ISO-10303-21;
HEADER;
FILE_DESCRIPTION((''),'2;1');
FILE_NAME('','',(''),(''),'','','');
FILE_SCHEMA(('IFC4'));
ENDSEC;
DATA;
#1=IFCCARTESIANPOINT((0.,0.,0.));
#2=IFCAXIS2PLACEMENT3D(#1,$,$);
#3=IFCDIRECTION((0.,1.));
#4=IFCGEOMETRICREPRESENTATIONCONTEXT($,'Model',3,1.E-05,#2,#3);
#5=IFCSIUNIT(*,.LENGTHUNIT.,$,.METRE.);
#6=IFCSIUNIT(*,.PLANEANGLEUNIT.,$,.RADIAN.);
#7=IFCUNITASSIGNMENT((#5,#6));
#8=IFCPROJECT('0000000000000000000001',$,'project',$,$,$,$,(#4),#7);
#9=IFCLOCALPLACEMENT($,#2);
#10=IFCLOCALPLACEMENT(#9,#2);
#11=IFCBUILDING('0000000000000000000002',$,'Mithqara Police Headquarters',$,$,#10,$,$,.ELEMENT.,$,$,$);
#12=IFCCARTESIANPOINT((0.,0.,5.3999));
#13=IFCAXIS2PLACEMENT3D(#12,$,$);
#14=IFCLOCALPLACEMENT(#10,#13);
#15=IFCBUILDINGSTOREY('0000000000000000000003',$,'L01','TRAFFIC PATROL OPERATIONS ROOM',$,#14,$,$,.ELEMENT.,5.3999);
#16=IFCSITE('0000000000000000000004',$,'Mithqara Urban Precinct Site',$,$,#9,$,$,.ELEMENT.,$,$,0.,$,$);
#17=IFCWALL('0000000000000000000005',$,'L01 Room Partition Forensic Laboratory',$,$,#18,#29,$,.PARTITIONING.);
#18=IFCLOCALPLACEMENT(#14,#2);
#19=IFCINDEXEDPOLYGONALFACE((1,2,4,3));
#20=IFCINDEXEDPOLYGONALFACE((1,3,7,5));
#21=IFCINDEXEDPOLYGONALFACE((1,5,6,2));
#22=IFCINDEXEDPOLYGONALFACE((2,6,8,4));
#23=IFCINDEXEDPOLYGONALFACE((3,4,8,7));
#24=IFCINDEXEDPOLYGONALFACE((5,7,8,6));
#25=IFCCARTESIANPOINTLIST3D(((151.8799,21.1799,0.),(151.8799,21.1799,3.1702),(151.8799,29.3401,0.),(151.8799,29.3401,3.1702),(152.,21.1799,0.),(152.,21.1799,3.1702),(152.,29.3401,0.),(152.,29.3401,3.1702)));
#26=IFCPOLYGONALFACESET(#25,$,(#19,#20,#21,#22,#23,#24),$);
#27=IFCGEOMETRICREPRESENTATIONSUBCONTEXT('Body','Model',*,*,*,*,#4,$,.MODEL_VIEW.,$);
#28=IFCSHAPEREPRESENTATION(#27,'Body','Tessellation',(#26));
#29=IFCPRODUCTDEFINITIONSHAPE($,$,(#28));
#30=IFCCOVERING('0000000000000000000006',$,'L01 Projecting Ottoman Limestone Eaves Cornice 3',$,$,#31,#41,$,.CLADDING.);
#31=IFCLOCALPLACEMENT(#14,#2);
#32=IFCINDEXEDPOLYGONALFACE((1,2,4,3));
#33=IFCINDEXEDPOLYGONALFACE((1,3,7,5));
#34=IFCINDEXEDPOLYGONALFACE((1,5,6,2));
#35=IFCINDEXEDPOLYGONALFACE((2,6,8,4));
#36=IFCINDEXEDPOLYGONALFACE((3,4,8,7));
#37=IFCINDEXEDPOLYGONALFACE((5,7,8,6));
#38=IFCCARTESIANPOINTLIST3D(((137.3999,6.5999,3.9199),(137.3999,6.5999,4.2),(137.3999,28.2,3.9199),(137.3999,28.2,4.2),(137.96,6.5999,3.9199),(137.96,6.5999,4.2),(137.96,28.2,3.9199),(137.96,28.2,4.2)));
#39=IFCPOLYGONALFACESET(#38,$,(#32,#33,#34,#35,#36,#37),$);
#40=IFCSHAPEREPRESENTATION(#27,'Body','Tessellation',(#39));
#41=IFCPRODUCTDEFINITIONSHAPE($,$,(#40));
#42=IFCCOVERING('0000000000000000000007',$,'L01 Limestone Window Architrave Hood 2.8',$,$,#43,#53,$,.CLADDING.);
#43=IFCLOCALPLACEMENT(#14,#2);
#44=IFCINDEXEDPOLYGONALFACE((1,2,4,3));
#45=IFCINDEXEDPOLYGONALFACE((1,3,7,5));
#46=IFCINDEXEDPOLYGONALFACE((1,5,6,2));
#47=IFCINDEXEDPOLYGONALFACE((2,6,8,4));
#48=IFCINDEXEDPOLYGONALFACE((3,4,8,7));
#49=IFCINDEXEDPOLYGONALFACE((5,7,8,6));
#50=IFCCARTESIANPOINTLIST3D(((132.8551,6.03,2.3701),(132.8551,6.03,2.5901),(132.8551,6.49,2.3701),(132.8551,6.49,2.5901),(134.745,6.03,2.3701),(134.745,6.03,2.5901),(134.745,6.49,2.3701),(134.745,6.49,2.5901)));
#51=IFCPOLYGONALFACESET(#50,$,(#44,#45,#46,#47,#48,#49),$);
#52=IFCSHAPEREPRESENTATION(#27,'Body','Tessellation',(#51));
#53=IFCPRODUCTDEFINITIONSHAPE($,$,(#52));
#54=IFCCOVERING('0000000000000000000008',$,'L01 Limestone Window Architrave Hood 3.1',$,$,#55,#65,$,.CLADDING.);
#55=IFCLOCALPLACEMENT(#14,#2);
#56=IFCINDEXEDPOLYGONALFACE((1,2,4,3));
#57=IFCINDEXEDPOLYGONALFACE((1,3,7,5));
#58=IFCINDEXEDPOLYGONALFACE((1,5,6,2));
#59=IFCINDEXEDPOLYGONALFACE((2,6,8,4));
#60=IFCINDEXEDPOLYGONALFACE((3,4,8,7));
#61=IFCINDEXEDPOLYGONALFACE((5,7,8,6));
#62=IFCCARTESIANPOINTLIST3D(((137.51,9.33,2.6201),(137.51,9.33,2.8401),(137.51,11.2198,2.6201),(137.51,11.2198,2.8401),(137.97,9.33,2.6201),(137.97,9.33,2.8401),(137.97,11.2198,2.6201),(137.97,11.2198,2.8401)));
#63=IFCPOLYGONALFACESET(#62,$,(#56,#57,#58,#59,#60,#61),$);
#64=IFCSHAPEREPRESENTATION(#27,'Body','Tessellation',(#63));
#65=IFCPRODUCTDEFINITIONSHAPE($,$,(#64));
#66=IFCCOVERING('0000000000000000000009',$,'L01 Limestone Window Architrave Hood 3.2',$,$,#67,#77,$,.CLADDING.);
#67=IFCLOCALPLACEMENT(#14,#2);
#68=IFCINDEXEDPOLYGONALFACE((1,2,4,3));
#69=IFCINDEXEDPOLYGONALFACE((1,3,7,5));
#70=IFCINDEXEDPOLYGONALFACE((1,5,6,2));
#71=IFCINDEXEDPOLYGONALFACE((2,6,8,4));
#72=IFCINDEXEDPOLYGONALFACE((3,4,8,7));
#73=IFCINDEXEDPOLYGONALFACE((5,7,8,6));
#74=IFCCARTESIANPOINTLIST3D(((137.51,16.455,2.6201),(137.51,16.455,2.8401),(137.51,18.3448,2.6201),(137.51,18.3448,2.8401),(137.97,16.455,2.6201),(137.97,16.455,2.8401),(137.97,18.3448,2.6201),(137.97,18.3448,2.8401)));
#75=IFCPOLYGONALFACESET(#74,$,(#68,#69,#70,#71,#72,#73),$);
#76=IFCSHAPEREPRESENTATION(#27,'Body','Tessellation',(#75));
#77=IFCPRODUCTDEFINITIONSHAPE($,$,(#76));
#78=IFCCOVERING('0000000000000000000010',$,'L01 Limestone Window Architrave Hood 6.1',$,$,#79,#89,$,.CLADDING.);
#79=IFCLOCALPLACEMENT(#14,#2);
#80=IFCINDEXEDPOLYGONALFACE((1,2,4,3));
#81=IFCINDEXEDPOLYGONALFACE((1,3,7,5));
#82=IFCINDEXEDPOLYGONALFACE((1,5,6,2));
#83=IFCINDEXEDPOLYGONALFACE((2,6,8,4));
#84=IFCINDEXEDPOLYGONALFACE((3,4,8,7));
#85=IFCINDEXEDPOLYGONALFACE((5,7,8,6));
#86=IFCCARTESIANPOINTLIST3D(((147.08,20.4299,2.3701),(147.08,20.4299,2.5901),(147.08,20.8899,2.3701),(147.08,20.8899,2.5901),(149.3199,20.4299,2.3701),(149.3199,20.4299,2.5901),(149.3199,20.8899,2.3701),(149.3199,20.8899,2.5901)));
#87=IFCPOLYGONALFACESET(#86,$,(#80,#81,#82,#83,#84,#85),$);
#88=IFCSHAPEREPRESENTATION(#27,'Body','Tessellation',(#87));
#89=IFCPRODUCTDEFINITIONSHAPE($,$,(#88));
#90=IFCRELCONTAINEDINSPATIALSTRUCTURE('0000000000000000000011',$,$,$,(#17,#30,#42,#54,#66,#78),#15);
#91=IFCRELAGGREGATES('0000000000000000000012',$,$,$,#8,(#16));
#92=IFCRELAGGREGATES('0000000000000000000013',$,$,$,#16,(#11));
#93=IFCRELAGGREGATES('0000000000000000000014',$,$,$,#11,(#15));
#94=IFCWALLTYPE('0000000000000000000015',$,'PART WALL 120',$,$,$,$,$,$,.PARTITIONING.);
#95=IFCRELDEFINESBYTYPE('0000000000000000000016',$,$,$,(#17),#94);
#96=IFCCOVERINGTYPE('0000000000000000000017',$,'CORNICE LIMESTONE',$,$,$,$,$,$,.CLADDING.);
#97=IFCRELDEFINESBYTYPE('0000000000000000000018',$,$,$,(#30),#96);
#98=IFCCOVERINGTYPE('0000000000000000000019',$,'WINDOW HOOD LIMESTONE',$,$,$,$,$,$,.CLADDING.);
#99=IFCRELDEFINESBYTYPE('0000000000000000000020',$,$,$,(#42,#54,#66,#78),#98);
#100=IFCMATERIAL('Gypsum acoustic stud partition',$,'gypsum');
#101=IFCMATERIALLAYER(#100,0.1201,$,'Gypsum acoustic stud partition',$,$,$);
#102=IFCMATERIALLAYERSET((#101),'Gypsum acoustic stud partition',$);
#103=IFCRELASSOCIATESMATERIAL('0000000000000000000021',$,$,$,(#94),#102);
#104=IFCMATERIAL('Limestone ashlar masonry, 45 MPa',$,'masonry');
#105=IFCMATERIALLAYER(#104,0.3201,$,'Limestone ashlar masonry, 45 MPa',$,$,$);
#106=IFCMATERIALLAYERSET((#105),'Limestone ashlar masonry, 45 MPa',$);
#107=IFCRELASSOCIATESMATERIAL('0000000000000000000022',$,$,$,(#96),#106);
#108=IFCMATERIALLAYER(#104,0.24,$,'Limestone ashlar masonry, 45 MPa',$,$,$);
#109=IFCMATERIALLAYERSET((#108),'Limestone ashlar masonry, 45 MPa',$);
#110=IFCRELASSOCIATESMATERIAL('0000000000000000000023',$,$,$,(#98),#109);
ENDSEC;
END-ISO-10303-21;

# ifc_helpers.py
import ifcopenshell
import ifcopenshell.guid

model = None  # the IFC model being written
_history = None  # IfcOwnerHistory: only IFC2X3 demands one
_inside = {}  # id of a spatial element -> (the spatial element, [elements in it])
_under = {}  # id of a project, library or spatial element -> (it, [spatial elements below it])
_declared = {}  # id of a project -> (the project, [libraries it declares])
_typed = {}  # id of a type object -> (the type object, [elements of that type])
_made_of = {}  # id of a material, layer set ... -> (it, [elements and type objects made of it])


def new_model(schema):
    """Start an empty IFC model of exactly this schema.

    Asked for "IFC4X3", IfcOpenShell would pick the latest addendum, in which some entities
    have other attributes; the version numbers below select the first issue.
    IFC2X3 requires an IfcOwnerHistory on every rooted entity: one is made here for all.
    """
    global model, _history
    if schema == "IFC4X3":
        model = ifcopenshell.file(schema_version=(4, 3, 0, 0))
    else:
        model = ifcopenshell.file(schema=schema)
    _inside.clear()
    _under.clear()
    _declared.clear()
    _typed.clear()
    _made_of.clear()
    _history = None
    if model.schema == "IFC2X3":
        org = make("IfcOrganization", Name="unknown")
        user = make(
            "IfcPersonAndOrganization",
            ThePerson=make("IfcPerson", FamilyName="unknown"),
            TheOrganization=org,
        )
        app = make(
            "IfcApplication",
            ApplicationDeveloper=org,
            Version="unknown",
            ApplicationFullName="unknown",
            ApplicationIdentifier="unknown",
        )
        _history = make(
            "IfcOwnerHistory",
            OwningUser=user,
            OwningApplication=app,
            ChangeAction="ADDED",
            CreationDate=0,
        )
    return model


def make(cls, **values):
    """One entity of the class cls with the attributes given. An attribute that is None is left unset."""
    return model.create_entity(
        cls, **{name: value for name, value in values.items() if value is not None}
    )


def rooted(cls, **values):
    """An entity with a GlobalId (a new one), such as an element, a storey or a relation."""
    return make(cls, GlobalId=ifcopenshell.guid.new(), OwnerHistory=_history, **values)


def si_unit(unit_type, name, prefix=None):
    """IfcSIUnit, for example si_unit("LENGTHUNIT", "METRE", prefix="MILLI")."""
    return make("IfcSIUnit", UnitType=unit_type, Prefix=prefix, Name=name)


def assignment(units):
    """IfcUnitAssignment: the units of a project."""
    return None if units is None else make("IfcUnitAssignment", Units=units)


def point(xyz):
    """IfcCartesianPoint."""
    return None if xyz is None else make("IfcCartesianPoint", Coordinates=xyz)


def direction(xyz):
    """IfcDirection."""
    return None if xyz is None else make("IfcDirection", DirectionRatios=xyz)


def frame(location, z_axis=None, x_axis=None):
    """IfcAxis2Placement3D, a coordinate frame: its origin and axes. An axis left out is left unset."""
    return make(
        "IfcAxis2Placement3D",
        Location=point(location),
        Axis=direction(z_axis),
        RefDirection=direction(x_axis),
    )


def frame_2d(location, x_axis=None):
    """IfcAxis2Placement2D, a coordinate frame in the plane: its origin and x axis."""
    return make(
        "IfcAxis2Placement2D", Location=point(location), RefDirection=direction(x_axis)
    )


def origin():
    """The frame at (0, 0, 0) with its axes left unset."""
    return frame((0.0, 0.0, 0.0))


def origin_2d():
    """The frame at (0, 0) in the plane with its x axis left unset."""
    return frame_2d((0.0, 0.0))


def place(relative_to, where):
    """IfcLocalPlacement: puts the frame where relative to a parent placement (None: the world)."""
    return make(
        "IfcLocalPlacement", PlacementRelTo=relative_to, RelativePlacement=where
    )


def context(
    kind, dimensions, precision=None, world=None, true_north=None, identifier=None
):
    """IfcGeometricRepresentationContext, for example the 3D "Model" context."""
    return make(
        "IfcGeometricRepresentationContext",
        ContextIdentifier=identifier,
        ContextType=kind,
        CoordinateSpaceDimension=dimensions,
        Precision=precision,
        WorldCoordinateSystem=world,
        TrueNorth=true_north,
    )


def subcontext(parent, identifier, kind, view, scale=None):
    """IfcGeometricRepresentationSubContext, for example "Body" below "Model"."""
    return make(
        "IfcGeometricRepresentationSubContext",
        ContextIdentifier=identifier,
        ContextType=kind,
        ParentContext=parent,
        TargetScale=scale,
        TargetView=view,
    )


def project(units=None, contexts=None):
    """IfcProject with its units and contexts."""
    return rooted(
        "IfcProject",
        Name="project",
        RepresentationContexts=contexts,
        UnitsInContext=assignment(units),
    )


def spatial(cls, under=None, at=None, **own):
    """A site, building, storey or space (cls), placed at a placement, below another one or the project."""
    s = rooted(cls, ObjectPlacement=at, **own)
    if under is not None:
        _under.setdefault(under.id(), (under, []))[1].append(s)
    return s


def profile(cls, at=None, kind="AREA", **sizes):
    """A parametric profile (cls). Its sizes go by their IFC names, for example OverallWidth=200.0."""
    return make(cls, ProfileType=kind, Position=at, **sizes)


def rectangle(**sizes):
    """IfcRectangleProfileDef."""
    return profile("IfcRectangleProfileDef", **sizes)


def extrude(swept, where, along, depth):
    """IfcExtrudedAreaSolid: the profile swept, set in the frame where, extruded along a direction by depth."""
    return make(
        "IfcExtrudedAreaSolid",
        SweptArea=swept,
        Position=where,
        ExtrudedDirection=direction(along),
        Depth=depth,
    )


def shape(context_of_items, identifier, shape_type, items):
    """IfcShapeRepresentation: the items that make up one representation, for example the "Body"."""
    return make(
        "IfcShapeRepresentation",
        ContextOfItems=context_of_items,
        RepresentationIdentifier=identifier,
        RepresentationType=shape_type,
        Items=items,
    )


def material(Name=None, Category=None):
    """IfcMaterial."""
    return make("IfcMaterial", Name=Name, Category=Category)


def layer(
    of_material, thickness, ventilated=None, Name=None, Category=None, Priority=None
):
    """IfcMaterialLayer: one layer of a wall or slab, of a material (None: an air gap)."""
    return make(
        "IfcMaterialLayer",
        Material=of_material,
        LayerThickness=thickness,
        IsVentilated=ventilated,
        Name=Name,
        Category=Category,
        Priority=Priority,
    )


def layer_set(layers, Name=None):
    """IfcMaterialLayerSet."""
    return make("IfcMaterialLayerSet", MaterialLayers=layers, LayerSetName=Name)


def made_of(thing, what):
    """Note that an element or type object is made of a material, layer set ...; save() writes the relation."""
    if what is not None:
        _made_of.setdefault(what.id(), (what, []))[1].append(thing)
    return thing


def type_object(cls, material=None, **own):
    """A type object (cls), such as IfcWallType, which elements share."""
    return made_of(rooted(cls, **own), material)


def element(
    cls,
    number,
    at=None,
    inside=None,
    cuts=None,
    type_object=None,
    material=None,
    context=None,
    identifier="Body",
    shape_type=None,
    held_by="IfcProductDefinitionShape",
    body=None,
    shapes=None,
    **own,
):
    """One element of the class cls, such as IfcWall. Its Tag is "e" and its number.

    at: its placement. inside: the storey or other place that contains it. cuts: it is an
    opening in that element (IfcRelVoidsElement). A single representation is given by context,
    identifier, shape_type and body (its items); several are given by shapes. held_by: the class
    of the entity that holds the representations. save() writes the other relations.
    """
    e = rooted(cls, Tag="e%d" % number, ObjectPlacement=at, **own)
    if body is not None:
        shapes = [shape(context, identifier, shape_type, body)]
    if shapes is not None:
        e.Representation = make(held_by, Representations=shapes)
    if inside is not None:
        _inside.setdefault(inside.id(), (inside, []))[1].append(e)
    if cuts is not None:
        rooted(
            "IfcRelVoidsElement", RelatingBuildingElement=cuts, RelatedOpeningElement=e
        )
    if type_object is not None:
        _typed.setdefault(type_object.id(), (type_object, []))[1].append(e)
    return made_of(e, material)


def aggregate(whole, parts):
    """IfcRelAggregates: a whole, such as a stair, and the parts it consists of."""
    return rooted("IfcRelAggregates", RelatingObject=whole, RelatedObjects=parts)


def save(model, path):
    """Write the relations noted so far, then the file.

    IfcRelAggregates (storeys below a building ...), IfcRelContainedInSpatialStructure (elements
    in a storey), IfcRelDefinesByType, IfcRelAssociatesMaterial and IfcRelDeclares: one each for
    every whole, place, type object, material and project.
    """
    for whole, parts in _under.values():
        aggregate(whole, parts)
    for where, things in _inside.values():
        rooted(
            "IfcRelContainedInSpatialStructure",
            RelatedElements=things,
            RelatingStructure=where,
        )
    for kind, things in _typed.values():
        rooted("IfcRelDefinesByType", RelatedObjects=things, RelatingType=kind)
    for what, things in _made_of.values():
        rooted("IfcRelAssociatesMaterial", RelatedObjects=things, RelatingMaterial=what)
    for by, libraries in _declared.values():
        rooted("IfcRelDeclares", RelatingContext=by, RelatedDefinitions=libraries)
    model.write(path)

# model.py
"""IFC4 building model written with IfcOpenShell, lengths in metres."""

from ifc_helpers import new_model, si_unit, direction, frame, frame_2d, origin, origin_2d, place, context, subcontext, project, spatial, rectangle, extrude, material, layer, layer_set, type_object, element, save


model = new_model("IFC4")

# Units and contexts
model_context = context("Model", 3, precision=1e-05, world=origin(), true_north=direction((0.0, 1.0)))
body_context = subcontext(model_context, "Body", "Model", "MODEL_VIEW")
ifc_project = project(units=[si_unit("LENGTHUNIT", "METRE"), si_unit("PLANEANGLEUNIT", "RADIAN")], contexts=[model_context])

# Site, building, storey
site_placement = place(None, origin())
site = spatial("IfcSite", under=ifc_project, at=site_placement, Name="Mithqara Urban Precinct Site", CompositionType="ELEMENT", RefElevation=0.0)
building_placement = place(site_placement, origin())
building = spatial("IfcBuilding", under=site, at=building_placement, Name="Mithqara Police Headquarters", CompositionType="ELEMENT")
storey_placement = place(building_placement, frame((0.0, 0.0, 5.3999)))
storey = spatial("IfcBuildingStorey", under=building, at=storey_placement, Name="L01", Description="TRAFFIC PATROL OPERATIONS ROOM", CompositionType="ELEMENT", Elevation=5.3999)

# Wall
ifc_material_1 = material(Name="Limestone ashlar masonry, 45 MPa", Category="masonry")
ifc_material_2 = material(Name="Gypsum acoustic stud partition", Category="gypsum")
ifc_layer_1 = layer(ifc_material_2, 0.1201, Name="Gypsum acoustic stud partition")
ifc_layer_set_1 = layer_set([ifc_layer_1], Name="Gypsum acoustic stud partition")
wall_type_1 = type_object("IfcWallType", Name="PART WALL 120", PredefinedType="PARTITIONING", material=ifc_layer_set_1)
wall_1_placement = place(storey_placement, frame((151.9399, 21.1799, 0.0), z_axis=(0.0, 0.0, 1.0), x_axis=(0.0, 1.0, 0.0)))
element("IfcWall", 1, at=wall_1_placement, inside=storey, type_object=wall_type_1, Name="L01 Room Partition Forensic Laboratory", PredefinedType="PARTITIONING", context=body_context, shape_type="SweptSolid", body=[
    extrude(rectangle(XDim=8.1602, YDim=0.1201, at=frame_2d((4.0801, 0.0))), origin(), (0.0, 0.0, 1.0), 3.1702),
])

# Coverings
ifc_layer_2 = layer(ifc_material_1, 0.3201, Name="Limestone ashlar masonry, 45 MPa")
ifc_layer_set_2 = layer_set([ifc_layer_2], Name="Limestone ashlar masonry, 45 MPa")
covering_type_1 = type_object("IfcCoveringType", Name="CORNICE LIMESTONE", PredefinedType="CLADDING", material=ifc_layer_set_2)
covering_1_placement = place(storey_placement, frame((137.6799, 17.3999, 3.9199), z_axis=(0.0, 0.0, 1.0), x_axis=(0.0, 1.0, 0.0)))
element("IfcCovering", 2, at=covering_1_placement, inside=storey, type_object=covering_type_1, Name="L01 Projecting Ottoman Limestone Eaves Cornice 3", PredefinedType="CLADDING", context=body_context, shape_type="SweptSolid", body=[
    extrude(rectangle(XDim=21.6001, YDim=0.5601, at=origin_2d()), origin(), (0.0, 0.0, 1.0), 0.28),
])
ifc_layer_3 = layer(ifc_material_1, 0.24, Name="Limestone ashlar masonry, 45 MPa")
ifc_layer_set_3 = layer_set([ifc_layer_3], Name="Limestone ashlar masonry, 45 MPa")
covering_type_2 = type_object("IfcCoveringType", Name="WINDOW HOOD LIMESTONE", PredefinedType="CLADDING", material=ifc_layer_set_3)
for number, where, z_axis, x_axis, name in (
    (3, (133.8, 6.26, 2.3701), (0.0, 0.0, 1.0), (1.0, 0.0, 0.0), "L01 Limestone Window Architrave Hood 2.8"),
    (4, (137.74, 10.2749, 2.6201), (0.0, 0.0, 1.0), (0.0, 1.0, 0.0), "L01 Limestone Window Architrave Hood 3.1"),
    (5, (137.74, 17.3999, 2.6201), (0.0, 0.0, 1.0), (0.0, 1.0, 0.0), "L01 Limestone Window Architrave Hood 3.2"),
):
    element("IfcCovering", number, at=place(storey_placement, frame(where, z_axis=z_axis, x_axis=x_axis)), inside=storey, type_object=covering_type_2, Name=name, PredefinedType="CLADDING", context=body_context, shape_type="SweptSolid", body=[
        extrude(rectangle(XDim=1.8899, YDim=0.46, at=origin_2d()), origin(), (0.0, 0.0, 1.0), 0.22),
    ])
covering_2_placement = place(storey_placement, frame((148.2, 20.6599, 2.3701), z_axis=(0.0, 0.0, 1.0), x_axis=(1.0, 0.0, 0.0)))
element("IfcCovering", 6, at=covering_2_placement, inside=storey, type_object=covering_type_2, Name="L01 Limestone Window Architrave Hood 6.1", PredefinedType="CLADDING", context=body_context, shape_type="SweptSolid", body=[
    extrude(rectangle(XDim=2.24, YDim=0.46, at=origin_2d()), origin(), (0.0, 0.0, 1.0), 0.22),
])

save(model, "model.ifc")
